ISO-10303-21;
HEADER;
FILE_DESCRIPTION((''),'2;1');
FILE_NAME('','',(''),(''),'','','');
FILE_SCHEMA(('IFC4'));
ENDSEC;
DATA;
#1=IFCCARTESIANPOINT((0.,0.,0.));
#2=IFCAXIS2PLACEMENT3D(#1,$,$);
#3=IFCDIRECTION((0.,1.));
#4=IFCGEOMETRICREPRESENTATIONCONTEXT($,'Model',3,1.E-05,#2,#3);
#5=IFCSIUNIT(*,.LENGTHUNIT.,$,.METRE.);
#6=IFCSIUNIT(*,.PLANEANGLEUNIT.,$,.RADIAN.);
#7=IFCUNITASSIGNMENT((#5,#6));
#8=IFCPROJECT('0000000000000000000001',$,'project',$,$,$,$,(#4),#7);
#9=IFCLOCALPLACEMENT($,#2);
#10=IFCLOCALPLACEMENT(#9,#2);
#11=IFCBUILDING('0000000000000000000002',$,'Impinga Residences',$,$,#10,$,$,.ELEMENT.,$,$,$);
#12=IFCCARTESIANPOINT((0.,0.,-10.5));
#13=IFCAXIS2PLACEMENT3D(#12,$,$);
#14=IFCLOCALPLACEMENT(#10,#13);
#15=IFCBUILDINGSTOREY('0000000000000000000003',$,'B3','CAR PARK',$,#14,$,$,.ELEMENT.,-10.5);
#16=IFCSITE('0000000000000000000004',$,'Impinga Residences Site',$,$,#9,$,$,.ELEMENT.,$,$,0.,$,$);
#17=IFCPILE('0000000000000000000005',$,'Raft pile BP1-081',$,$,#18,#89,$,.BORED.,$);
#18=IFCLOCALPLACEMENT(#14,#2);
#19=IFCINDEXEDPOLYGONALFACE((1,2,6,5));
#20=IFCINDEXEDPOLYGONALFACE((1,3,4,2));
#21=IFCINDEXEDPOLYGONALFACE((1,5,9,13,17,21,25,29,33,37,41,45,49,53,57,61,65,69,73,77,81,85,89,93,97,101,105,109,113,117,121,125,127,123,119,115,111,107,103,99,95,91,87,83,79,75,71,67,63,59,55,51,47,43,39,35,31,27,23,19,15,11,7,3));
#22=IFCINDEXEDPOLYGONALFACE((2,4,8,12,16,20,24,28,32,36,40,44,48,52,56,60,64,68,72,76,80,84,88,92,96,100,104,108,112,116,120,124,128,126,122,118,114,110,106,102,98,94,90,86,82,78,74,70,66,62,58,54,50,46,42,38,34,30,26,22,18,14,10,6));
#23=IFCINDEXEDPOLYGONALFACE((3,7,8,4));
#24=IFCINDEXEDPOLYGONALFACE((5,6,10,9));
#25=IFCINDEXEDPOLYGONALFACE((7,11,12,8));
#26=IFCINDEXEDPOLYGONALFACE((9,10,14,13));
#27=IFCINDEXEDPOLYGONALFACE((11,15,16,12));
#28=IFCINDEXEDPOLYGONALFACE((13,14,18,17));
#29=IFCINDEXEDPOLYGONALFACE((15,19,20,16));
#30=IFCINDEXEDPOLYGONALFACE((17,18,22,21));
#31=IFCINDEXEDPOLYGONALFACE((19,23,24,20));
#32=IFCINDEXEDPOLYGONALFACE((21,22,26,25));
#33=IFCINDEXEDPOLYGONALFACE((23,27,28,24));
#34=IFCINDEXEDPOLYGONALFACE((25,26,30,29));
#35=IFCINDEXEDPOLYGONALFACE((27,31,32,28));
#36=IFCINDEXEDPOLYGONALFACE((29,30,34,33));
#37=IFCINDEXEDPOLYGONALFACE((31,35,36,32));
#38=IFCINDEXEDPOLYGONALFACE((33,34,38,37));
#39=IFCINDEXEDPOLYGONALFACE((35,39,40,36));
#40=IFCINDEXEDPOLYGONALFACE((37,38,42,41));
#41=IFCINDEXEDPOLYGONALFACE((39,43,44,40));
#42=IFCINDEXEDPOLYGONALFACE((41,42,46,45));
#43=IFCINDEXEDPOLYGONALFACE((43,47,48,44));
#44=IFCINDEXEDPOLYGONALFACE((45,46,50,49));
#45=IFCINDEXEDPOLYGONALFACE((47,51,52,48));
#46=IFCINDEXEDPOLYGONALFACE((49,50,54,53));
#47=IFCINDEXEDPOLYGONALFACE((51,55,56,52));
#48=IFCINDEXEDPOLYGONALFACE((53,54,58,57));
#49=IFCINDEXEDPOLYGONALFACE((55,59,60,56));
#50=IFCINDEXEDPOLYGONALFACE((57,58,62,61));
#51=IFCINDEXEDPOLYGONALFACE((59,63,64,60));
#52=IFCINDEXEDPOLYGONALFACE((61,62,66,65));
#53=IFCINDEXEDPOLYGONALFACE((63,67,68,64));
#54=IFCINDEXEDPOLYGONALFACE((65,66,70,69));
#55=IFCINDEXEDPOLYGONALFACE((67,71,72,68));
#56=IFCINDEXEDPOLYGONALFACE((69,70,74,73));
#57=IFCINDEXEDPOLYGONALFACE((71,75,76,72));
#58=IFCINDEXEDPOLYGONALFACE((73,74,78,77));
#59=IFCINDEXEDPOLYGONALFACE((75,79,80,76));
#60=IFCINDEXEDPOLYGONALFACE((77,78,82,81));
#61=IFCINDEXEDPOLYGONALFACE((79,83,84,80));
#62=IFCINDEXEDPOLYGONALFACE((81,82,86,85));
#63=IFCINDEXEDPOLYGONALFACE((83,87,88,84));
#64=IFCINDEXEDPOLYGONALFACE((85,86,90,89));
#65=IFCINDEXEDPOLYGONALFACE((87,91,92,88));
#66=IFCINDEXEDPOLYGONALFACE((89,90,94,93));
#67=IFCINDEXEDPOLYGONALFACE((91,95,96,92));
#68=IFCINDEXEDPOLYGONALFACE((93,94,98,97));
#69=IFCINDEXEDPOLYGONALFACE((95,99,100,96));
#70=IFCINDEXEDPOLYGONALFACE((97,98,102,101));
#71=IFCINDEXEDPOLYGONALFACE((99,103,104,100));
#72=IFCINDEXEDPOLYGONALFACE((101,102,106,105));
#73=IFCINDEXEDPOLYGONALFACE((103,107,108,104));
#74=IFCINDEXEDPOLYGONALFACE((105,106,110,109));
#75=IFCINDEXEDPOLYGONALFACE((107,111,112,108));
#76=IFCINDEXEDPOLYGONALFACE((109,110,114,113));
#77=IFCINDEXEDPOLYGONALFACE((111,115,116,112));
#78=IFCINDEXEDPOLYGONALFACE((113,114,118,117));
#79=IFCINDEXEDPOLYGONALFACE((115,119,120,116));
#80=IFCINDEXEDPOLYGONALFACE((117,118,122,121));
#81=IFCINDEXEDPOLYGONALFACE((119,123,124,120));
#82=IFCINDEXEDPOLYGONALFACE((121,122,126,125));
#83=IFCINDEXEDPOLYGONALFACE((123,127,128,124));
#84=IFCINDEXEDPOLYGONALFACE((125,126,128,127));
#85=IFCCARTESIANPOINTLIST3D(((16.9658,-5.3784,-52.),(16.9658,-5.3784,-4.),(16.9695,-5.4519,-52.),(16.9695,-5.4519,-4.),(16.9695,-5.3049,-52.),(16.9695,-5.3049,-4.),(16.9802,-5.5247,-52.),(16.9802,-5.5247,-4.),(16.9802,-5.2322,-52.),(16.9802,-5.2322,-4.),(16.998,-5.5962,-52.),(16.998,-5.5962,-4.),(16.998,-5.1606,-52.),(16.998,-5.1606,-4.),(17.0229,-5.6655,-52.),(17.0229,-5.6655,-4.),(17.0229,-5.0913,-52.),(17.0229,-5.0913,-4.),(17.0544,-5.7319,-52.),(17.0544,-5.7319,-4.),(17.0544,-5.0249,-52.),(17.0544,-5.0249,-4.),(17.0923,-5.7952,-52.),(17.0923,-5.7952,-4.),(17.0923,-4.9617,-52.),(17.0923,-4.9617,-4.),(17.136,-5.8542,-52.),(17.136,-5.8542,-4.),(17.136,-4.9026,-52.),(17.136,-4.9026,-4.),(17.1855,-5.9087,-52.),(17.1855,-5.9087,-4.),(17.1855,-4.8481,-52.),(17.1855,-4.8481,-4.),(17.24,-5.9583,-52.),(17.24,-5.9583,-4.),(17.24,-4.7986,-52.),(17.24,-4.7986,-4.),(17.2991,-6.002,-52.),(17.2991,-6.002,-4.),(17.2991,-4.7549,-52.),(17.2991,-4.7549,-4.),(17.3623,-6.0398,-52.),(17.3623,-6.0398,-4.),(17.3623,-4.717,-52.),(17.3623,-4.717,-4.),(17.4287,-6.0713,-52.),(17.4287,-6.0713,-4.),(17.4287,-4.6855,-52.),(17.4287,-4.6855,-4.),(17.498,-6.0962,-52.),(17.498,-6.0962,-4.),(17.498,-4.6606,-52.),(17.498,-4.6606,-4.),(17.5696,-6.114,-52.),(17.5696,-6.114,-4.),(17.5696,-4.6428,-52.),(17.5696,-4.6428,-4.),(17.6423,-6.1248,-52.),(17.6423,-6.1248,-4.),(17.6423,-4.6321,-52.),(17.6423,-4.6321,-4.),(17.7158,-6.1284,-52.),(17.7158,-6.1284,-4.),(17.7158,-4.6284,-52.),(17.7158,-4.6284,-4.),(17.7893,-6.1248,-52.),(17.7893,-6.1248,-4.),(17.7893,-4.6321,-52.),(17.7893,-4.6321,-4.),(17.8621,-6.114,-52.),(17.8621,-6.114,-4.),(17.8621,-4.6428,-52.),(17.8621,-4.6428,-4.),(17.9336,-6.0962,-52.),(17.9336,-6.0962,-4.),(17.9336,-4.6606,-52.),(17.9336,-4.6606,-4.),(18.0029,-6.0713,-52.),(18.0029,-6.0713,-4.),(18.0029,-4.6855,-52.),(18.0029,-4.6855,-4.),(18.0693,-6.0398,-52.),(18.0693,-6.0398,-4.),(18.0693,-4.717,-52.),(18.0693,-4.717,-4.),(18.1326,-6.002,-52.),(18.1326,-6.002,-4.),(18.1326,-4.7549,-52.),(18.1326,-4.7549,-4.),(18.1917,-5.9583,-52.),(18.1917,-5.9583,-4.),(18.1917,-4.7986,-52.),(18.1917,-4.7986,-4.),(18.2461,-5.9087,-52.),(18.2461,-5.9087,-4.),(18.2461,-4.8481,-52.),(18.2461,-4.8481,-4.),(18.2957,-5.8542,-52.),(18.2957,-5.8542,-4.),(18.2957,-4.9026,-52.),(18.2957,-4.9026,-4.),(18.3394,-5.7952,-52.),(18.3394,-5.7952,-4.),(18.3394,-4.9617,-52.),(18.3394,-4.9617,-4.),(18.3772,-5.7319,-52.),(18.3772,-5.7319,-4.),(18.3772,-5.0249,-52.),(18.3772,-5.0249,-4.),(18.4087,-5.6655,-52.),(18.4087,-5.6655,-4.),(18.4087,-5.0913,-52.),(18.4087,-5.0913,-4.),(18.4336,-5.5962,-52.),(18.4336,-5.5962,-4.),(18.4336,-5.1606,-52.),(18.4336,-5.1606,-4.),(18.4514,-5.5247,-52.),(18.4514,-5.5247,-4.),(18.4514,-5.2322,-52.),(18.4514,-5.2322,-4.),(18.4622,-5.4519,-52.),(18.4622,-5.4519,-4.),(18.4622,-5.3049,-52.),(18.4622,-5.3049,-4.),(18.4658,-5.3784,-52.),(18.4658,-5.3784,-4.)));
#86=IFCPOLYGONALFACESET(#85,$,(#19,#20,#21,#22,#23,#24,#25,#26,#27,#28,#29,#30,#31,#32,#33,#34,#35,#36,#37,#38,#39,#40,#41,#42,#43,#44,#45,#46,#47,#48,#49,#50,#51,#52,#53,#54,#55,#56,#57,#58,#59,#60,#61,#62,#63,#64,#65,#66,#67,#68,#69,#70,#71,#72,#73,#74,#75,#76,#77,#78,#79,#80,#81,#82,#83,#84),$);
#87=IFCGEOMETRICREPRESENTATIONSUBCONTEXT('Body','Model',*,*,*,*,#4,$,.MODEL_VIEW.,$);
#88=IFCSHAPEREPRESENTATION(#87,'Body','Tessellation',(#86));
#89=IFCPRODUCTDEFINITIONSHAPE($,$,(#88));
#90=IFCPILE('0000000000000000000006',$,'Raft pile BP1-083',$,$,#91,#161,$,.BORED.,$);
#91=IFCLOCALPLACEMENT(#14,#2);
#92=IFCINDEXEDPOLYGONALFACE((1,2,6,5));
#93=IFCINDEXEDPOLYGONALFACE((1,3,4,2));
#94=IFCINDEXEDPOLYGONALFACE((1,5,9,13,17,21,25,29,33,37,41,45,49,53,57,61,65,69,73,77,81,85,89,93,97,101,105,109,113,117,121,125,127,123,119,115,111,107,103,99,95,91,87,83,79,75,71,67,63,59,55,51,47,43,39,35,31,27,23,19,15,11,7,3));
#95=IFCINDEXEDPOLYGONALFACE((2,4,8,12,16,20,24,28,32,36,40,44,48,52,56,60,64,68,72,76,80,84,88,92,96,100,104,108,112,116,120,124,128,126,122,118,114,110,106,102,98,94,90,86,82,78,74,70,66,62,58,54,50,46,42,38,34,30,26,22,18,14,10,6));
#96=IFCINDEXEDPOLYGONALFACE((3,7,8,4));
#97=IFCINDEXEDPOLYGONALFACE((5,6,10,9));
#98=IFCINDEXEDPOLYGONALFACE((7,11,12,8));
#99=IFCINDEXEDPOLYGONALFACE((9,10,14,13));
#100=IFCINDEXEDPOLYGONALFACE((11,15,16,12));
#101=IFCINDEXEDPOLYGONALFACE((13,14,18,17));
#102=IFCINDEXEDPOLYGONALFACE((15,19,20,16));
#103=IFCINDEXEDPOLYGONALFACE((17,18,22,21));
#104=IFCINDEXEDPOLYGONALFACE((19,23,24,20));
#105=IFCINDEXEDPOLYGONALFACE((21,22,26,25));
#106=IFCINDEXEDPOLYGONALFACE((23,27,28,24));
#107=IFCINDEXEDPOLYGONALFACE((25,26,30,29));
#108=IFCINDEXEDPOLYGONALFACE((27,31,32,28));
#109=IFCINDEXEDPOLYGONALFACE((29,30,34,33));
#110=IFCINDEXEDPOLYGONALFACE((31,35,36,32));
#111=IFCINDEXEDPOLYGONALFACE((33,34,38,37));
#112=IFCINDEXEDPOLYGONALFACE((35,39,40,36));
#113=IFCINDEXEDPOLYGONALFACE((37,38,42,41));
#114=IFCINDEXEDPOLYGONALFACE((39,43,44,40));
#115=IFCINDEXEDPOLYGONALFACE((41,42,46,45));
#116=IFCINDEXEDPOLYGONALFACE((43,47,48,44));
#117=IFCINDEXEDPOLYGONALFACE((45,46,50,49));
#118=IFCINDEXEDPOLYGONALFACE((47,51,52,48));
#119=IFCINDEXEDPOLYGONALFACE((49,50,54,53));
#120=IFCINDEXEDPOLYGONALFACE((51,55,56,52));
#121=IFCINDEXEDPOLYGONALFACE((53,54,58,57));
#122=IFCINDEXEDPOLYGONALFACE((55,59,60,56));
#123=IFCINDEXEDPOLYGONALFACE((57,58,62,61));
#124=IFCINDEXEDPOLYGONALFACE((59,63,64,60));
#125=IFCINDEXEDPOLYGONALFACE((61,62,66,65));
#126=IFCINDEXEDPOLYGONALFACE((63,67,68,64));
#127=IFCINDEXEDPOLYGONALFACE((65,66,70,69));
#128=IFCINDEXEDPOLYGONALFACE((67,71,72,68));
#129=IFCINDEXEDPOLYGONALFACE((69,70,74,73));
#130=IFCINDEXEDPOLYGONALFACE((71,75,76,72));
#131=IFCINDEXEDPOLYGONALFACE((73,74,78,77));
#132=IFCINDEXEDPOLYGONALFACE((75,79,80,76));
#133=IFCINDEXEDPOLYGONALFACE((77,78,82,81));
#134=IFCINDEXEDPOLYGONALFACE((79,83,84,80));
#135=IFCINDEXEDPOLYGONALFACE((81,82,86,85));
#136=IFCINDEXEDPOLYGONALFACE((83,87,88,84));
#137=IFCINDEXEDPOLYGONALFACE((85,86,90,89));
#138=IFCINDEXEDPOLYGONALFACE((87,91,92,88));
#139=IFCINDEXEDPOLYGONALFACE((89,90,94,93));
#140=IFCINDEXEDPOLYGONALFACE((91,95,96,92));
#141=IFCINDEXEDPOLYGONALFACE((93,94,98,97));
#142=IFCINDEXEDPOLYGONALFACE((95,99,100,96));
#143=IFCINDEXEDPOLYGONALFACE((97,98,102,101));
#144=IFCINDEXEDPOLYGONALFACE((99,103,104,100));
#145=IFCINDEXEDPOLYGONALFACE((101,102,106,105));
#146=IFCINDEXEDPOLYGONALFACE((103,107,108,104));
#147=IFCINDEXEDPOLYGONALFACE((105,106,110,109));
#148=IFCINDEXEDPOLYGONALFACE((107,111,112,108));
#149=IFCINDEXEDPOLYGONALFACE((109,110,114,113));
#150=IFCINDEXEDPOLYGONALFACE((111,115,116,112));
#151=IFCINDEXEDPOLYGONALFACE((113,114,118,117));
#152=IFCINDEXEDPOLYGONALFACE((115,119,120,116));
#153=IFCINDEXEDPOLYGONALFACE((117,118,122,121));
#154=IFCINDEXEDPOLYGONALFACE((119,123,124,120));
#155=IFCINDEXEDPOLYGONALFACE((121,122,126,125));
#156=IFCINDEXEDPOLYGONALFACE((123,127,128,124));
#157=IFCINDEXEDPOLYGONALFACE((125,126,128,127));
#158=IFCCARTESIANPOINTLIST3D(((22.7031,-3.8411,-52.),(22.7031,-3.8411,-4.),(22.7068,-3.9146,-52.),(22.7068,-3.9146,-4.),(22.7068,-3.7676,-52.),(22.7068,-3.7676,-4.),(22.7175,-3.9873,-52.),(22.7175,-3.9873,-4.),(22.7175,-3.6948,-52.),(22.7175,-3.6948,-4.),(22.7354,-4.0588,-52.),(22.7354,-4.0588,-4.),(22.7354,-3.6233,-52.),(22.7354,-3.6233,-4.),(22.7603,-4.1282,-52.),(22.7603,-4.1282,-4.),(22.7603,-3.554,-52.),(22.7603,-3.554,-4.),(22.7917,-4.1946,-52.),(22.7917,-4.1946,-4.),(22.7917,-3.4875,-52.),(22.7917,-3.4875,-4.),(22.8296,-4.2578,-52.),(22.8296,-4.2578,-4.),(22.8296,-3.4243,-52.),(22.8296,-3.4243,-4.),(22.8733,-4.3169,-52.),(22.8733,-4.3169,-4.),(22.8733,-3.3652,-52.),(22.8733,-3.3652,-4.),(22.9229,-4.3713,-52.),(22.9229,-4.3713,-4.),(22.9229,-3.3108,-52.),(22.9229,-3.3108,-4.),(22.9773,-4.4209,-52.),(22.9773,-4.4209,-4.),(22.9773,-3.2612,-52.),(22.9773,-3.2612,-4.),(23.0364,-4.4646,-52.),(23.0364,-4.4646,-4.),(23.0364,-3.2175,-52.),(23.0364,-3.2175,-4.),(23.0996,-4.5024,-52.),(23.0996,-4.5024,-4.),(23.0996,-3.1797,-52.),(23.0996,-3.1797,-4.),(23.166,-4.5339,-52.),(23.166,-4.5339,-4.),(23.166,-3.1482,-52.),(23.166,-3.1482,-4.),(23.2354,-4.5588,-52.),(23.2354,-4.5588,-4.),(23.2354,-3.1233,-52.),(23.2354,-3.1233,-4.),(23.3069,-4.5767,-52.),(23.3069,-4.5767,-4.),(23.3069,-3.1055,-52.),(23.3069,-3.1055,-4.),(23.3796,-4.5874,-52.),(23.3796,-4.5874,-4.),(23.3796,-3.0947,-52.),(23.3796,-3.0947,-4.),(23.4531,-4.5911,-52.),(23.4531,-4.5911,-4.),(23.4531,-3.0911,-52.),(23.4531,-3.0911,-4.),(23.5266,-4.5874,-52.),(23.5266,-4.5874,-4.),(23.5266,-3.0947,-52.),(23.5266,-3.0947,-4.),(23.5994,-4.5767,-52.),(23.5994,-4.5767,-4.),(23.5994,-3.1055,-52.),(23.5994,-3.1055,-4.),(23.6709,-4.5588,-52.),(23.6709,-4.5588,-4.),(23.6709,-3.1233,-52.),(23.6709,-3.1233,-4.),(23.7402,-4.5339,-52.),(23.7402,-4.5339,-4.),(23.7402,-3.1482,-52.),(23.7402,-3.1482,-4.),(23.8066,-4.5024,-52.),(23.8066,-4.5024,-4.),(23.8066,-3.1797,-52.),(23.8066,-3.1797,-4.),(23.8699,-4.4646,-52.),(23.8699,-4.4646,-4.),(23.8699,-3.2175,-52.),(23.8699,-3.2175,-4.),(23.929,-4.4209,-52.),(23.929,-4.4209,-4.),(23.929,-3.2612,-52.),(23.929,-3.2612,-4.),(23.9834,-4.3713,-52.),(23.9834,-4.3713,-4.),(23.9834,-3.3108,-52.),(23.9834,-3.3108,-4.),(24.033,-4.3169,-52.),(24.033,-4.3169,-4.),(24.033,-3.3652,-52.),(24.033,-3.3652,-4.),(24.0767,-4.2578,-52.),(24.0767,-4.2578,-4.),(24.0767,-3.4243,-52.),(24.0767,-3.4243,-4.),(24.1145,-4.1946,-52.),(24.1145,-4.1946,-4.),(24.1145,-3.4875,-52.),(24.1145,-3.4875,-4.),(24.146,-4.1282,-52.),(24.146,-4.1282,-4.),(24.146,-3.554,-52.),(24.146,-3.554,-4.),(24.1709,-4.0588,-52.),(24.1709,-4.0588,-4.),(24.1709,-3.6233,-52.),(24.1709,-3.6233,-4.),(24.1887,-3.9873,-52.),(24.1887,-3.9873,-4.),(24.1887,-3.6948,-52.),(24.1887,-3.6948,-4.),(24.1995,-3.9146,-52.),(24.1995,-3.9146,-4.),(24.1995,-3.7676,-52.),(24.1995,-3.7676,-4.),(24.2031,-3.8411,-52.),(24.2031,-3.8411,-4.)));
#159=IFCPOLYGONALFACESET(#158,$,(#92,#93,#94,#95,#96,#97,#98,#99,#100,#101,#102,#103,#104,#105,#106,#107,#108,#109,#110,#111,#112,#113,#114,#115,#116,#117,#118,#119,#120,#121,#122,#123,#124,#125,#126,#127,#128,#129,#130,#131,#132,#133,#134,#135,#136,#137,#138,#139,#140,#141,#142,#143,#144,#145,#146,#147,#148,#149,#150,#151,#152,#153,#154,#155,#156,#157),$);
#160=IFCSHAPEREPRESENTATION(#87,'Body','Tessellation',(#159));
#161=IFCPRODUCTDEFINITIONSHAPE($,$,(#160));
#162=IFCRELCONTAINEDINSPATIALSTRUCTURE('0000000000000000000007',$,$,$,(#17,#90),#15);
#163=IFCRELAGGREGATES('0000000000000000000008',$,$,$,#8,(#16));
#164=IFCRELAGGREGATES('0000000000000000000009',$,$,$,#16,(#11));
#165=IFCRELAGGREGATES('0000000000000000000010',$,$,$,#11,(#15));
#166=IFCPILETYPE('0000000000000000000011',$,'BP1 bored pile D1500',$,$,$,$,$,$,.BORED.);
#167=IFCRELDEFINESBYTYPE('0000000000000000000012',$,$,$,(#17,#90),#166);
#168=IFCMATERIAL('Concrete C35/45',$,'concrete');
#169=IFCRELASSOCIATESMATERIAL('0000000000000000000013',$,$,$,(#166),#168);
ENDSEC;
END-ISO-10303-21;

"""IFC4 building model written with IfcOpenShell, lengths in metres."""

from ifc_helpers import new_model, si_unit, direction, frame, origin, origin_2d, place, context, subcontext, project, spatial, polyline, circle, outline, extrude, material, material_profile, profile_set, type_object, element, save


model = new_model("IFC4")

# Units and contexts
model_context = context("Model", 3, precision=1e-05, world=origin(), true_north=direction((0.0, 1.0)))
body_context = subcontext(model_context, "Body", "Model", "MODEL_VIEW")
ifc_project = project(units=[si_unit("LENGTHUNIT", "METRE"), si_unit("PLANEANGLEUNIT", "RADIAN")], contexts=[model_context])

# Site, building, storey
site_placement = place(None, origin())
site = spatial("IfcSite", under=ifc_project, at=site_placement, Name="Impinga Residences Site", CompositionType="ELEMENT", RefElevation=0.0)
building_placement = place(site_placement, origin())
building = spatial("IfcBuilding", under=site, at=building_placement, Name="Impinga Residences", CompositionType="ELEMENT")
storey_placement = place(building_placement, frame((0.0, 0.0, -10.5)))
storey = spatial("IfcBuildingStorey", under=building, at=storey_placement, Name="B3", Description="CAR PARK", CompositionType="ELEMENT", Elevation=-10.5)

# Piles
ifc_material_1 = material(Name="Concrete C35/45", Category="concrete")
ifc_material_profile_1 = material_profile(ifc_material_1, circle(Radius=0.75, at=origin_2d()), Name="D1500")
ifc_profile_set_1 = profile_set([ifc_material_profile_1], Name="Concrete C35/45")
pile_type = type_object("IfcPileType", Name="BP1 bored pile D1500", PredefinedType="BORED", material=ifc_profile_set_1)
pile_1_placement = place(storey_placement, frame((17.7158, -5.3784, -4.0), z_axis=(0.0, 0.0, -1.0), x_axis=(1.0, 0.0, 0.0)))
element("IfcPile", 1, at=pile_1_placement, inside=storey, type_object=pile_type, Name="Raft pile BP1-081", PredefinedType="BORED", context=body_context, shape_type="SweptSolid", body=[
    extrude(outline(polyline([(0.75, 0.0), (0.7463, 0.0735), (0.7356, 0.1462), (0.7178, 0.2178), (0.6929, 0.2871), (0.6614, 0.3535), (0.6235, 0.4167), (0.5798, 0.4758), (0.5303, 0.5303), (0.4758, 0.5798), (0.4167, 0.6235), (0.3535, 0.6614), (0.2871, 0.6929), (0.2178, 0.7178), (0.1462, 0.7356), (0.0735, 0.7463), (0.0, 0.75), (-0.0735, 0.7463), (-0.1462, 0.7356), (-0.2178, 0.7178), (-0.2871, 0.6929), (-0.3535, 0.6614), (-0.4167, 0.6235), (-0.4758, 0.5798), (-0.5303, 0.5303), (-0.5798, 0.4758), (-0.6235, 0.4167), (-0.6614, 0.3535), (-0.6929, 0.2871), (-0.7178, 0.2178), (-0.7356, 0.1462), (-0.7463, 0.0735), (-0.75, 0.0), (-0.7463, -0.0735), (-0.7356, -0.1462), (-0.7178, -0.2178), (-0.6929, -0.2871), (-0.6614, -0.3535), (-0.6235, -0.4167), (-0.5798, -0.4758), (-0.5303, -0.5303), (-0.4758, -0.5798), (-0.4167, -0.6235), (-0.3535, -0.6614), (-0.2871, -0.6929), (-0.2178, -0.7178), (-0.1462, -0.7356), (-0.0735, -0.7463), (0.0, -0.75), (0.0735, -0.7463), (0.1462, -0.7356), (0.2178, -0.7178), (0.2871, -0.6929), (0.3535, -0.6614), (0.4167, -0.6235), (0.4758, -0.5798), (0.5303, -0.5303), (0.5798, -0.4758), (0.6235, -0.4167), (0.6614, -0.3535), (0.6929, -0.2871), (0.7178, -0.2178), (0.7356, -0.1462), (0.7463, -0.0735), (0.75, 0.0)])), origin(), (0.0, 0.0, 1.0), 48.0),
])
pile_2_placement = place(storey_placement, frame((23.4531, -3.8411, -4.0), z_axis=(0.0, 0.0, -1.0), x_axis=(1.0, 0.0, 0.0)))
element("IfcPile", 2, at=pile_2_placement, inside=storey, type_object=pile_type, Name="Raft pile BP1-083", PredefinedType="BORED", context=body_context, shape_type="SweptSolid", body=[
    extrude(outline(polyline([(0.75, 0.0), (0.7463, 0.0735), (0.7356, 0.1462), (0.7178, 0.2178), (0.6929, 0.2871), (0.6614, 0.3535), (0.6235, 0.4167), (0.5798, 0.4758), (0.5303, 0.5303), (0.4758, 0.5798), (0.4167, 0.6235), (0.3535, 0.6614), (0.2871, 0.6929), (0.2178, 0.7178), (0.1462, 0.7356), (0.0735, 0.7463), (0.0, 0.75), (-0.0735, 0.7463), (-0.1462, 0.7356), (-0.2178, 0.7178), (-0.2871, 0.6929), (-0.3535, 0.6614), (-0.4167, 0.6235), (-0.4758, 0.5798), (-0.5303, 0.5303), (-0.5798, 0.4758), (-0.6235, 0.4167), (-0.6614, 0.3535), (-0.6929, 0.2871), (-0.7178, 0.2178), (-0.7356, 0.1462), (-0.7463, 0.0735), (-0.75, 0.0), (-0.7463, -0.0735), (-0.7356, -0.1462), (-0.7178, -0.2178), (-0.6929, -0.2871), (-0.6614, -0.3535), (-0.6235, -0.4167), (-0.5798, -0.4758), (-0.5303, -0.5303), (-0.4758, -0.5798), (-0.4167, -0.6235), (-0.3535, -0.6614), (-0.2871, -0.6929), (-0.2178, -0.7178), (-0.1462, -0.7356), (-0.0735, -0.7463), (0.0, -0.75), (0.0735, -0.7463), (0.1462, -0.7356), (0.2178, -0.7178), (0.2871, -0.6929), (0.3535, -0.6614), (0.4167, -0.6235), (0.4758, -0.5798), (0.5303, -0.5303), (0.5798, -0.4758), (0.6235, -0.4167), (0.6614, -0.3535), (0.6929, -0.2871), (0.7178, -0.2178), (0.7356, -0.1462), (0.7463, -0.0735), (0.75, 0.0)])), origin(), (0.0, 0.0, 1.0), 48.0),
])

save(model, "model.ifc")
